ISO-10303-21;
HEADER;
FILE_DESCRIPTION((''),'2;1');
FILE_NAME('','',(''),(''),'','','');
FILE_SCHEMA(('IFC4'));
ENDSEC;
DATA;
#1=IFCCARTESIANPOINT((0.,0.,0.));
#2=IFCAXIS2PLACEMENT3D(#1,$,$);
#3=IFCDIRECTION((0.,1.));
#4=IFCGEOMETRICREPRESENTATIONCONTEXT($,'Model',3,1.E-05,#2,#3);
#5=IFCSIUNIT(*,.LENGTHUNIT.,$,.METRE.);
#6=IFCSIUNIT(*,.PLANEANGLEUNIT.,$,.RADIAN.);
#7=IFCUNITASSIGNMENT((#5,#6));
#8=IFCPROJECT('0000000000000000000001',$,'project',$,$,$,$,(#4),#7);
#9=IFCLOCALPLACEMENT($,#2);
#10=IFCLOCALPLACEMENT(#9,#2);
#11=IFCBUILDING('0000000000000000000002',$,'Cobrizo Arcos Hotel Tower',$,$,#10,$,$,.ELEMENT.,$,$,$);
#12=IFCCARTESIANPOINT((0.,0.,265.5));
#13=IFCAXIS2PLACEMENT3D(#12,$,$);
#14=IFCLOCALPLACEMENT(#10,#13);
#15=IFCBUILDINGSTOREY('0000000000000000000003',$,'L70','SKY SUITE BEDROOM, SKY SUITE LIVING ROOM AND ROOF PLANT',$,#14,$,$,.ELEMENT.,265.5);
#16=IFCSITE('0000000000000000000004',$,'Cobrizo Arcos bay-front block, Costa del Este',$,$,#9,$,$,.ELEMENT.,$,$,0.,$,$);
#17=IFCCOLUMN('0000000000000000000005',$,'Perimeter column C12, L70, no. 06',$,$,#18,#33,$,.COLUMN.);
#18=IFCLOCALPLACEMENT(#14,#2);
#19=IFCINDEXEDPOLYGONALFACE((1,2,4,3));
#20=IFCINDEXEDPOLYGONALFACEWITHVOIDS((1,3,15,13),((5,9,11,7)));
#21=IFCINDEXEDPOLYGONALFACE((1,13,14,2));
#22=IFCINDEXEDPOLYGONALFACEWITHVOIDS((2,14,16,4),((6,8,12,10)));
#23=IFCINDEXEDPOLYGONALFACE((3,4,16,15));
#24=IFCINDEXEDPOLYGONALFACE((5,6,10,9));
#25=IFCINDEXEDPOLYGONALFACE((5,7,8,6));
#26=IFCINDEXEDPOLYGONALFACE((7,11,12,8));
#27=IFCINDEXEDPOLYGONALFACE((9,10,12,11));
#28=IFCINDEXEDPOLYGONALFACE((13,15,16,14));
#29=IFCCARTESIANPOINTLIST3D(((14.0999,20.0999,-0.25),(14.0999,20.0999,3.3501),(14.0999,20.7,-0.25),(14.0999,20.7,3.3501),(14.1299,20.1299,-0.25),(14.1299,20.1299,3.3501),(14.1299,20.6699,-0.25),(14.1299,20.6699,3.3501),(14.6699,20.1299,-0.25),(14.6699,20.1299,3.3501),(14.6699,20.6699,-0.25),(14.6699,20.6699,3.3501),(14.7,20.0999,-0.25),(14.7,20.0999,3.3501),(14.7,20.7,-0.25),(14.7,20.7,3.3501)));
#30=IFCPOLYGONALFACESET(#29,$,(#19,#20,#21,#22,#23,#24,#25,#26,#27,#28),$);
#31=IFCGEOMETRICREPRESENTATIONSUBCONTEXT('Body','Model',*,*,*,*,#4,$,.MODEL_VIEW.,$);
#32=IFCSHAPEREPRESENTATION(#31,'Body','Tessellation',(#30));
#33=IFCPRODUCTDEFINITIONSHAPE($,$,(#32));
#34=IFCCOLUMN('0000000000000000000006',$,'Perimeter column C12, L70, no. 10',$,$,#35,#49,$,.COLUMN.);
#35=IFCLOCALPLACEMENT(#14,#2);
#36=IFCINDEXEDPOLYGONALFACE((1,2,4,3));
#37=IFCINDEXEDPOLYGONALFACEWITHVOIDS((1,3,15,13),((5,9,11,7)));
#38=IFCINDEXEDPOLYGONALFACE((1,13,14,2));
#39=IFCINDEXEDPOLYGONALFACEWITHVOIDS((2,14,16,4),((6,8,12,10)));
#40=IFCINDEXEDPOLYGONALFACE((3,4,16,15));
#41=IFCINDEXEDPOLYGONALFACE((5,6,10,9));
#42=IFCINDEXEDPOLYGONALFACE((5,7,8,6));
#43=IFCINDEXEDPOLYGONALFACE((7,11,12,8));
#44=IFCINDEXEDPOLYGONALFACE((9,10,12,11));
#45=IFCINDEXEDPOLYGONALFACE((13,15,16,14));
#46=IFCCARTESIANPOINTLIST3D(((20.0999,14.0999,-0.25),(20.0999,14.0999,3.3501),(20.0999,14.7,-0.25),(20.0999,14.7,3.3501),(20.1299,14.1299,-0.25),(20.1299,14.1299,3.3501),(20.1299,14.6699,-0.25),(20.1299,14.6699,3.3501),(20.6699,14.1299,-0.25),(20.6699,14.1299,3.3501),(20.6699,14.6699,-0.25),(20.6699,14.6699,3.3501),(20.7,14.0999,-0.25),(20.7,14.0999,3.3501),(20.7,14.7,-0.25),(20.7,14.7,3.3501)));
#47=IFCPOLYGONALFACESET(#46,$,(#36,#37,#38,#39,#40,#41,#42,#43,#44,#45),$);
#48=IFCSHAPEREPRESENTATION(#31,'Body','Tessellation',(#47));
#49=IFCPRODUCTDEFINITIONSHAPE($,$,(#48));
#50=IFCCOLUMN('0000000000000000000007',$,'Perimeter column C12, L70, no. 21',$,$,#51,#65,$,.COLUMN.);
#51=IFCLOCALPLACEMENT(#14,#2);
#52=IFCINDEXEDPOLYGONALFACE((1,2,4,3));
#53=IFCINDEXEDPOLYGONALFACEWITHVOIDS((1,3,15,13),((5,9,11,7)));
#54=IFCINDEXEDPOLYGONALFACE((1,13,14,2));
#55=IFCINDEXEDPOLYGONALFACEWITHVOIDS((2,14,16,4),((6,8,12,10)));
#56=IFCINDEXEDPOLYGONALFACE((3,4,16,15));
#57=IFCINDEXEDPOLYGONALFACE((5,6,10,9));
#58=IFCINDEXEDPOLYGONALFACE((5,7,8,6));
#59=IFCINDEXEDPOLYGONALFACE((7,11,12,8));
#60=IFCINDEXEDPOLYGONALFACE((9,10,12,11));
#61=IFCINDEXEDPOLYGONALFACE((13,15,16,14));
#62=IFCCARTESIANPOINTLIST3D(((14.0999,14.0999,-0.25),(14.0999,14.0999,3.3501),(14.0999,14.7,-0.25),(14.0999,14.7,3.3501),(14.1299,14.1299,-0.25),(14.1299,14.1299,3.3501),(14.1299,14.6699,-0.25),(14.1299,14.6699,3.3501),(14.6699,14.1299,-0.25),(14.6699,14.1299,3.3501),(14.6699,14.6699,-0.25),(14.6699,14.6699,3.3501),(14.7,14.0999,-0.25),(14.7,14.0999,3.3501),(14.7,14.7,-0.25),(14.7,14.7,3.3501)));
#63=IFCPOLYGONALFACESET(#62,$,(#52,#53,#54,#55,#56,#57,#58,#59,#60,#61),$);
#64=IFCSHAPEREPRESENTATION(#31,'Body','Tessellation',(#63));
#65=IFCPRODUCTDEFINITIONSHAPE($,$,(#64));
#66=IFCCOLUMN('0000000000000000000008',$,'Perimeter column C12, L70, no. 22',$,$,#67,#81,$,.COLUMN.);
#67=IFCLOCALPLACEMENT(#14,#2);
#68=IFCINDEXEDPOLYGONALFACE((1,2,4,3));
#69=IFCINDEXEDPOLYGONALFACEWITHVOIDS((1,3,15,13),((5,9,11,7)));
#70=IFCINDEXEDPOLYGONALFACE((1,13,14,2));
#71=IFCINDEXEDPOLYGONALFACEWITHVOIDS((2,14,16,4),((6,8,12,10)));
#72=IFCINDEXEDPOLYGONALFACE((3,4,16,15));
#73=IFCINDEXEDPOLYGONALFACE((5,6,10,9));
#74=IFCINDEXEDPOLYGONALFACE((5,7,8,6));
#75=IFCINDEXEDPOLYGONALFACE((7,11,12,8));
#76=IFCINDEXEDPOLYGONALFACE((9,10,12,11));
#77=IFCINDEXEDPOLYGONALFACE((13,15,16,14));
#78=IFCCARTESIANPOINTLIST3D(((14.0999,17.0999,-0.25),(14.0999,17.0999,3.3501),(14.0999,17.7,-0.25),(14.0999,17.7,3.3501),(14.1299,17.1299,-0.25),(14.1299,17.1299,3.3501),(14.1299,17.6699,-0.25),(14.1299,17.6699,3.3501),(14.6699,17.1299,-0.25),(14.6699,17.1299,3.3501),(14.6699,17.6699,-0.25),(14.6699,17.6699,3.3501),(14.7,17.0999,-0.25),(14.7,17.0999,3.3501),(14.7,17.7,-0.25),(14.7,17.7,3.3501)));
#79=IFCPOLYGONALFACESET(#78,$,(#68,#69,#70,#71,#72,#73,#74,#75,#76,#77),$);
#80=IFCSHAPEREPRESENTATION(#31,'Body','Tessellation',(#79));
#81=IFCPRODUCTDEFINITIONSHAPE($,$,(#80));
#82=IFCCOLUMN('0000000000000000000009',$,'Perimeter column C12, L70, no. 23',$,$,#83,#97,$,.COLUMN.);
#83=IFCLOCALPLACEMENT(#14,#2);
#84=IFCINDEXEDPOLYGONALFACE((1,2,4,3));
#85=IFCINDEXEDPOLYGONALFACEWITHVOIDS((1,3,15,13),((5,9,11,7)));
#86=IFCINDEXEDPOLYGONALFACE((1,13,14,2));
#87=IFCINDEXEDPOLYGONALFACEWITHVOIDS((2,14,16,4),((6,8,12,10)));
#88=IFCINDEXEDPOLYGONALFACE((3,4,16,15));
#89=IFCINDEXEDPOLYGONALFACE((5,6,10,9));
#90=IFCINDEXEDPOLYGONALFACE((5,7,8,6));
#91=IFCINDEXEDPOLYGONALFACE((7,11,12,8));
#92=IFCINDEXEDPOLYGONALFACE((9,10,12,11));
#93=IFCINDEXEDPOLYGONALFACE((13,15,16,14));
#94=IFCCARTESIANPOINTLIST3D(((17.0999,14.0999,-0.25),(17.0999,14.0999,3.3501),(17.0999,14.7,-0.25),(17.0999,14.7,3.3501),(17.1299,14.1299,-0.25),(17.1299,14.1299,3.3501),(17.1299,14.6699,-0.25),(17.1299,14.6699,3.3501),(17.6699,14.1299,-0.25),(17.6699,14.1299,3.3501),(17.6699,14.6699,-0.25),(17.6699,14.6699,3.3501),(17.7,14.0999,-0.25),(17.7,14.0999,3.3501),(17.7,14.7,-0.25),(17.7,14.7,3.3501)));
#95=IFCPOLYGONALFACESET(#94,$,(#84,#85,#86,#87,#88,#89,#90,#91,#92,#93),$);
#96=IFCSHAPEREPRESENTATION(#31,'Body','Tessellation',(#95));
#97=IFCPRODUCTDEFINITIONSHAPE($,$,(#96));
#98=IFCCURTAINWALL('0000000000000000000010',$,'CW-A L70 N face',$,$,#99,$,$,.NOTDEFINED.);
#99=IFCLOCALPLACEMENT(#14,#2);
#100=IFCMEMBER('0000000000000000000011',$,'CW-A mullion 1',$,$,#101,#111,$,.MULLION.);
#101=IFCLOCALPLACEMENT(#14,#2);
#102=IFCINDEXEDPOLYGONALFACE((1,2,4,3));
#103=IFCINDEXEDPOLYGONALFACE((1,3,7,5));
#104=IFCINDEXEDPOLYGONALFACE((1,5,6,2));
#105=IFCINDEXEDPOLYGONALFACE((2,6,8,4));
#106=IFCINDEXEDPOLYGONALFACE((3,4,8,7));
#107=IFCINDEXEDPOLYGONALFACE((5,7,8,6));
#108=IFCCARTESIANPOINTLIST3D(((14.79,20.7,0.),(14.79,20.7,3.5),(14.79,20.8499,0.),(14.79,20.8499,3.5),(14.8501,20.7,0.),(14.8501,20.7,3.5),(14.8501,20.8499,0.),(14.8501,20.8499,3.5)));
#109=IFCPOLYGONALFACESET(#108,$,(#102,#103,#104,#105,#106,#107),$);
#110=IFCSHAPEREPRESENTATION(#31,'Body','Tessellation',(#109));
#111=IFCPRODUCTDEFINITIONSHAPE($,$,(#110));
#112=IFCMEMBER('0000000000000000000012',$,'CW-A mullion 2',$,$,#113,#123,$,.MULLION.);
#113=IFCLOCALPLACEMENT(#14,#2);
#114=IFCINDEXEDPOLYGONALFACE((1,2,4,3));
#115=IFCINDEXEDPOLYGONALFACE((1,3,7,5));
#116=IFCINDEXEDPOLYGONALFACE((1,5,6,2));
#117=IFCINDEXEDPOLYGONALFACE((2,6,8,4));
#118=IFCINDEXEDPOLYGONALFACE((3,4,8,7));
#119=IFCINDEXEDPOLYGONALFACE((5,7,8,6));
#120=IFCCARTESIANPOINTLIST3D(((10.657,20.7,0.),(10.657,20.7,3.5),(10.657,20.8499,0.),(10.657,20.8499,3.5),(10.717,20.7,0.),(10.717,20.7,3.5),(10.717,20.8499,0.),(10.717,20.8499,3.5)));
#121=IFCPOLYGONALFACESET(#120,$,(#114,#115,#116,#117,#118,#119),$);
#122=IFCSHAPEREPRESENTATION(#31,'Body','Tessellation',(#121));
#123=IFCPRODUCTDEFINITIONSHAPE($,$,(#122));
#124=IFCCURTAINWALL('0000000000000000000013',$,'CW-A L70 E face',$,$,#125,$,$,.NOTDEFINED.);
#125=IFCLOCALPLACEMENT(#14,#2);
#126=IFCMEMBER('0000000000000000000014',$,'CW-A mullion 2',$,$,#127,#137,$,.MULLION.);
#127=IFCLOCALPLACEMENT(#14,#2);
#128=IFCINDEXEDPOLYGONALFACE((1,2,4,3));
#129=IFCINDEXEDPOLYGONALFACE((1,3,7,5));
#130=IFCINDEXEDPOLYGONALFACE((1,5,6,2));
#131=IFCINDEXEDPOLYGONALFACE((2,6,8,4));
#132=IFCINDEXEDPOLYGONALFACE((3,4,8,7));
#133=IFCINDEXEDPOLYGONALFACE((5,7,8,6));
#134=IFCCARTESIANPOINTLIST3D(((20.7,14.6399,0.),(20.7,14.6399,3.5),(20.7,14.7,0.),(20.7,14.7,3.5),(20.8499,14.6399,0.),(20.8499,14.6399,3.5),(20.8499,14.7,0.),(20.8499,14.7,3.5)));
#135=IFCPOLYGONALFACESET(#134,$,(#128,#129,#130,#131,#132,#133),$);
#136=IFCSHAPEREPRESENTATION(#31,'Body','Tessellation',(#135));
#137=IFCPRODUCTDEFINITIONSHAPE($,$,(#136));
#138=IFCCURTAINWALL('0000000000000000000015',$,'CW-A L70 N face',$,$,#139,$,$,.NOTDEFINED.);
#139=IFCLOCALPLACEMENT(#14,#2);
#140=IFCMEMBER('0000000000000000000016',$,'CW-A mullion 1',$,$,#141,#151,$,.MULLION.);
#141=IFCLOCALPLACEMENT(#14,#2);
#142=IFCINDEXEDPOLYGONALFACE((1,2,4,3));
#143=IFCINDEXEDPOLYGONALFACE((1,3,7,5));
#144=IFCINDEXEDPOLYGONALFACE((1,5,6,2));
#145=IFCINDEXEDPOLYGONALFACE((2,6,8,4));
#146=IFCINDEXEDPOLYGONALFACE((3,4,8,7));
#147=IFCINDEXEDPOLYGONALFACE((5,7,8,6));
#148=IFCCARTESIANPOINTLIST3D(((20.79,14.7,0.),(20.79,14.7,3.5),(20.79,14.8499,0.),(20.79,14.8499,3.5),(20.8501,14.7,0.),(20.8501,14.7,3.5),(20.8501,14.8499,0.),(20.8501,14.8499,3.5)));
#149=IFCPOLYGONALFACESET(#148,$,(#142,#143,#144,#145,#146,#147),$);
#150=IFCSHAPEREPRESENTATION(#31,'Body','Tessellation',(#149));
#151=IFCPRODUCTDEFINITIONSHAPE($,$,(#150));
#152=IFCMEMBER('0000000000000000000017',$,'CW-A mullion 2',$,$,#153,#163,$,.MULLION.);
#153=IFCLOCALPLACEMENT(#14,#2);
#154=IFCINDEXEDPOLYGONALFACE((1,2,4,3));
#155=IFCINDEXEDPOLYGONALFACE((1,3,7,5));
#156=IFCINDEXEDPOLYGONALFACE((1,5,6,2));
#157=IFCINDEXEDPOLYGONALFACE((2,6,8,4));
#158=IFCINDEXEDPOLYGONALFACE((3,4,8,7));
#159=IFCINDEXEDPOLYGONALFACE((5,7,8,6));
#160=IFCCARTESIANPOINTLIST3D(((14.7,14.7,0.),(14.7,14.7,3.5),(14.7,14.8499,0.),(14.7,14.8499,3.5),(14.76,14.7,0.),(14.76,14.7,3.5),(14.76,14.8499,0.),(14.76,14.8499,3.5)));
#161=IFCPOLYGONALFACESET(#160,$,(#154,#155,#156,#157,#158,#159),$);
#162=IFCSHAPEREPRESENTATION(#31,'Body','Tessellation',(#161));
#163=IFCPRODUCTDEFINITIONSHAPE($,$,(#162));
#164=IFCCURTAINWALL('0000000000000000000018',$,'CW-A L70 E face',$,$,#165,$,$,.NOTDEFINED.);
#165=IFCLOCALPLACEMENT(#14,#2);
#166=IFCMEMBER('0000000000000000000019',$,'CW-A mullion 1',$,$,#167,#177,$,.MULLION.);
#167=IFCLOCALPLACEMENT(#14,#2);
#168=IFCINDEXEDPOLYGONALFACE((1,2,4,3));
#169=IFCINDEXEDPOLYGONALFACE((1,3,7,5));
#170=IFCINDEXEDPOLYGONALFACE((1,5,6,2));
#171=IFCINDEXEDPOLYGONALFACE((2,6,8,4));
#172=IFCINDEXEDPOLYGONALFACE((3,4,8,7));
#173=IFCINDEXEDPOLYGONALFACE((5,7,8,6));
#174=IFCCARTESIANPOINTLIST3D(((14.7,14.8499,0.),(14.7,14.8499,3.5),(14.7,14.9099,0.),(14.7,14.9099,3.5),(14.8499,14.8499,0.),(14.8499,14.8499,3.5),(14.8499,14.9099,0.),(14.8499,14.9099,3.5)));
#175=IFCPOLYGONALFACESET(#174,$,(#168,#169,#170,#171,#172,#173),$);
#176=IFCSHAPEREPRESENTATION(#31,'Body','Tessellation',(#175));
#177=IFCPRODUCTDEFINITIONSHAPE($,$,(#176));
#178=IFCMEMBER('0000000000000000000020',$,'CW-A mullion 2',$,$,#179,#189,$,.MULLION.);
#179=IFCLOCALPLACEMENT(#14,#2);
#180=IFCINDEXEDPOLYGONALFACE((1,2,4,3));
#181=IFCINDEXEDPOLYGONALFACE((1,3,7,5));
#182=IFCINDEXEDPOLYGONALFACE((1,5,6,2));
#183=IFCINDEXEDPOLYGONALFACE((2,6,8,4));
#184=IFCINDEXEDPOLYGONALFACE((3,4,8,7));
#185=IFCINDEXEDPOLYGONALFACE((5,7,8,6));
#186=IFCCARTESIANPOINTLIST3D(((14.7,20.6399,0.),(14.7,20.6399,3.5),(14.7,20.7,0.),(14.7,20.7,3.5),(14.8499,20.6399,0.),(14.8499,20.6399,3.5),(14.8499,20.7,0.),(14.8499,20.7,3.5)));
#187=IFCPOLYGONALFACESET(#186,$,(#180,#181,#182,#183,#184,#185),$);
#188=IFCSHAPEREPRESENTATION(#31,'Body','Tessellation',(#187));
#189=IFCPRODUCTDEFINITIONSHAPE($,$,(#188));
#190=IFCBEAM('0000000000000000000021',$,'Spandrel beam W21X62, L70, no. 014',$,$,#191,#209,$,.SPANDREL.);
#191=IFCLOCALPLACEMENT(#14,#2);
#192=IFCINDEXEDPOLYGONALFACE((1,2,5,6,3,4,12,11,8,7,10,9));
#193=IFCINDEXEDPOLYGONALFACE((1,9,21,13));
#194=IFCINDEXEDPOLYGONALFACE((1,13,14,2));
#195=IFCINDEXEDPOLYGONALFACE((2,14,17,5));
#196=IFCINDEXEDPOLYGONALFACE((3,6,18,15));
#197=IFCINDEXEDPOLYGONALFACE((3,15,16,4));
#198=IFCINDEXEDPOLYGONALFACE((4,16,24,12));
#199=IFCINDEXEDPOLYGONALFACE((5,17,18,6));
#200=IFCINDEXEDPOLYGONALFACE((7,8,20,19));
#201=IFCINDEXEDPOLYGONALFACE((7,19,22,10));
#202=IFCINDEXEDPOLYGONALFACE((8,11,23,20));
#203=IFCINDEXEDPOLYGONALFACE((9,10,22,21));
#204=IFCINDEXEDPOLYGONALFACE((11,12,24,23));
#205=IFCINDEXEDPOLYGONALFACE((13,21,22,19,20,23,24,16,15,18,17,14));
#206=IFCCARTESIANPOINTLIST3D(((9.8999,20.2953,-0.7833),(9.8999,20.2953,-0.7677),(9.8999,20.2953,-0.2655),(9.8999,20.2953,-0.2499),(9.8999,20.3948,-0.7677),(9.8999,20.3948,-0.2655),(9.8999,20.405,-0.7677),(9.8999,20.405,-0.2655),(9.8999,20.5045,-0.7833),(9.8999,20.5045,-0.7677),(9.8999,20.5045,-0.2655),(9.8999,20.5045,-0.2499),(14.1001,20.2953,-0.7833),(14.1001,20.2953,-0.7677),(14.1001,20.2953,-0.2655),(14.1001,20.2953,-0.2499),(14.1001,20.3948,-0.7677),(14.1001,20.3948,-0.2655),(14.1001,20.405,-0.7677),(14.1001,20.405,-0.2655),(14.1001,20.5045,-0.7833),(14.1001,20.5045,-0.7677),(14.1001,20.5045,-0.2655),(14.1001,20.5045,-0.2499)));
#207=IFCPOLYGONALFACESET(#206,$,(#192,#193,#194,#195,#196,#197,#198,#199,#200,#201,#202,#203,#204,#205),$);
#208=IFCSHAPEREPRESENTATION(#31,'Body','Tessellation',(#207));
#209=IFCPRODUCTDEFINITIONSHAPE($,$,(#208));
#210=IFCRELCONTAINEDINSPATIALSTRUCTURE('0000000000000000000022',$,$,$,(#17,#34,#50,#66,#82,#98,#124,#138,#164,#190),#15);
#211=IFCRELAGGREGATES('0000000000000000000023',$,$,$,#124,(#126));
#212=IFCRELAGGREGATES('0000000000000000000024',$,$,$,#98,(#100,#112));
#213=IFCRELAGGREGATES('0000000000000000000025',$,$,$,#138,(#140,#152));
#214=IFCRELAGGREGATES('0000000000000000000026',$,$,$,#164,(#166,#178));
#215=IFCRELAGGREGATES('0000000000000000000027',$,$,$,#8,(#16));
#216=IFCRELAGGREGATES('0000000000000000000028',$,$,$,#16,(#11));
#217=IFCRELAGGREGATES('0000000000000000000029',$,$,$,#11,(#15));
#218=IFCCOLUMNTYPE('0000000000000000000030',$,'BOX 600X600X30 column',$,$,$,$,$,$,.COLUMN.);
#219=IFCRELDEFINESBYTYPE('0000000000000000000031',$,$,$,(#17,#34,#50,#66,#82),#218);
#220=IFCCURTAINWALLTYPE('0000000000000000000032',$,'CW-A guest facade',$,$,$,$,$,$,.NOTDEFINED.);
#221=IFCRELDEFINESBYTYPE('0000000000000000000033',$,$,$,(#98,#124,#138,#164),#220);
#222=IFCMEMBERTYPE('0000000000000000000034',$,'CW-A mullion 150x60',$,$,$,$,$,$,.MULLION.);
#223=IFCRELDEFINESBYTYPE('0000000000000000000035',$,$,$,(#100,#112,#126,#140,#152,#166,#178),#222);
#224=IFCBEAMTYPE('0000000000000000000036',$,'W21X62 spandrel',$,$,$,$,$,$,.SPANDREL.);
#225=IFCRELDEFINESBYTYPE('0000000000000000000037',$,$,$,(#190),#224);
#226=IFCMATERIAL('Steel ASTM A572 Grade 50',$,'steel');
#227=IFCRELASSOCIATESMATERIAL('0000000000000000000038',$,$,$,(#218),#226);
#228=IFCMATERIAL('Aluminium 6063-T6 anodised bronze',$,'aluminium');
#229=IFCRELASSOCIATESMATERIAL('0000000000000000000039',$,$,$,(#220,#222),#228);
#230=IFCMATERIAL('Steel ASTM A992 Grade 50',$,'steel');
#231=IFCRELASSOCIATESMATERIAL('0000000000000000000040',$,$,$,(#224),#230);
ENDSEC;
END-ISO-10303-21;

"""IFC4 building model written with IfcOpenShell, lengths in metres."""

from ifc_helpers import new_model, si_unit, direction, frame, origin, origin_2d, place, context, subcontext, project, spatial, rectangle, hollow_rectangle, i_section, extrude, material, material_profile, profile_set, type_object, element, aggregate, save


model = new_model("IFC4")

# Units and contexts
model_context = context("Model", 3, precision=1e-05, world=origin(), true_north=direction((0.0, 1.0)))
body_context = subcontext(model_context, "Body", "Model", "MODEL_VIEW")
ifc_project = project(units=[si_unit("LENGTHUNIT", "METRE"), si_unit("PLANEANGLEUNIT", "RADIAN")], contexts=[model_context])

# Site, building, storey
site_placement = place(None, origin())
site = spatial("IfcSite", under=ifc_project, at=site_placement, Name="Cobrizo Arcos bay-front block, Costa del Este", CompositionType="ELEMENT", RefElevation=0.0)
building_placement = place(site_placement, origin())
building = spatial("IfcBuilding", under=site, at=building_placement, Name="Cobrizo Arcos Hotel Tower", CompositionType="ELEMENT")
storey_placement = place(building_placement, frame((0.0, 0.0, 265.5)))
storey = spatial("IfcBuildingStorey", under=building, at=storey_placement, Name="L70", Description="SKY SUITE BEDROOM, SKY SUITE LIVING ROOM AND ROOF PLANT", CompositionType="ELEMENT", Elevation=265.5)

# Columns
ifc_material_1 = material(Name="Steel ASTM A572 Grade 50", Category="steel")
ifc_material_profile_1 = material_profile(ifc_material_1, hollow_rectangle(XDim=0.6001, YDim=0.6001, WallThickness=0.03, at=origin_2d()), Name="BOX 600X600X30")
ifc_profile_set_1 = profile_set([ifc_material_profile_1], Name="Steel ASTM A572 Grade 50")
column_type = type_object("IfcColumnType", Name="BOX 600X600X30 column", PredefinedType="COLUMN", material=ifc_profile_set_1)
for number, where, z_axis, x_axis, name in (
    (1, (14.3999, 20.3999, -0.25), (0.0, 0.0, 1.0), (1.0, 0.0, 0.0), "Perimeter column C12, L70, no. 06"),
    (2, (20.3999, 14.3999, -0.25), (0.0, 0.0, 1.0), (1.0, 0.0, 0.0), "Perimeter column C12, L70, no. 10"),
    (3, (14.3999, 14.3999, -0.25), (0.0, 0.0, 1.0), (1.0, 0.0, 0.0), "Perimeter column C12, L70, no. 21"),
    (4, (14.3999, 17.3999, -0.25), (0.0, 0.0, 1.0), (1.0, 0.0, 0.0), "Perimeter column C12, L70, no. 22"),
    (5, (17.3999, 14.3999, -0.25), (0.0, 0.0, 1.0), (1.0, 0.0, 0.0), "Perimeter column C12, L70, no. 23"),
):
    element("IfcColumn", number, at=place(storey_placement, frame(where, z_axis=z_axis, x_axis=x_axis)), inside=storey, type_object=column_type, Name=name, PredefinedType="COLUMN", context=body_context, shape_type="SweptSolid", body=[
        extrude(hollow_rectangle(XDim=0.6001, YDim=0.6001, WallThickness=0.03, at=origin_2d()), origin(), (0.0, 0.0, 1.0), 3.6001),
    ])

# Curtain wall, members
ifc_material_2 = material(Name="Aluminium 6063-T6 anodised bronze", Category="aluminium")
curtain_wall_type = type_object("IfcCurtainWallType", Name="CW-A guest facade", PredefinedType="NOTDEFINED", material=ifc_material_2)
curtain_wall_1_placement = place(storey_placement, origin())
curtain_wall_1 = element("IfcCurtainWall", 6, at=curtain_wall_1_placement, inside=storey, type_object=curtain_wall_type, Name="CW-A L70 N face", PredefinedType="NOTDEFINED")
ifc_material_profile_2 = material_profile(ifc_material_2, rectangle(XDim=0.1499, YDim=0.0601, at=origin_2d()), Name="CW-A mullion 150x60")
ifc_profile_set_2 = profile_set([ifc_material_profile_2], Name="Aluminium 6063-T6 anodised bronze")
member_type = type_object("IfcMemberType", Name="CW-A mullion 150x60", PredefinedType="MULLION", material=ifc_profile_set_2)
member_1_placement = place(storey_placement, frame((14.8201, 20.7749, 0.0), z_axis=(0.0, 0.0, 1.0), x_axis=(0.0, 1.0, 0.0)))
member_1 = element("IfcMember", 7, at=member_1_placement, type_object=member_type, Name="CW-A mullion 1", PredefinedType="MULLION", context=body_context, shape_type="SweptSolid", body=[
    extrude(rectangle(XDim=0.1499, YDim=0.0601, at=origin_2d()), origin(), (0.0, 0.0, 1.0), 3.5),
])
member_2_placement = place(storey_placement, frame((10.687, 20.7749, 0.0), z_axis=(0.0, 0.0, 1.0), x_axis=(0.0, 1.0, 0.0)))
member_2 = element("IfcMember", 8, at=member_2_placement, type_object=member_type, Name="CW-A mullion 2", PredefinedType="MULLION", context=body_context, shape_type="SweptSolid", body=[
    extrude(rectangle(XDim=0.1499, YDim=0.0601, at=origin_2d()), origin(), (0.0, 0.0, 1.0), 3.5),
])

# Curtain wall, member
curtain_wall_2_placement = place(storey_placement, origin())
curtain_wall_2 = element("IfcCurtainWall", 9, at=curtain_wall_2_placement, inside=storey, type_object=curtain_wall_type, Name="CW-A L70 E face", PredefinedType="NOTDEFINED")
member_3_placement = place(storey_placement, frame((20.7749, 14.6699, 0.0), z_axis=(0.0, 0.0, 1.0), x_axis=(1.0, 0.0, 0.0)))
member_3 = element("IfcMember", 10, at=member_3_placement, type_object=member_type, Name="CW-A mullion 2", PredefinedType="MULLION", context=body_context, shape_type="SweptSolid", body=[
    extrude(rectangle(XDim=0.1499, YDim=0.0601, at=origin_2d()), origin(), (0.0, 0.0, 1.0), 3.5),
])
aggregate(curtain_wall_2, [member_3])

# Curtain walls, members
curtain_wall_3_placement = place(storey_placement, origin())
curtain_wall_3 = element("IfcCurtainWall", 11, at=curtain_wall_3_placement, inside=storey, type_object=curtain_wall_type, Name="CW-A L70 N face", PredefinedType="NOTDEFINED")
member_4_placement = place(storey_placement, frame((20.8201, 14.7749, 0.0), z_axis=(0.0, 0.0, 1.0), x_axis=(0.0, 1.0, 0.0)))
member_4 = element("IfcMember", 12, at=member_4_placement, type_object=member_type, Name="CW-A mullion 1", PredefinedType="MULLION", context=body_context, shape_type="SweptSolid", body=[
    extrude(rectangle(XDim=0.1499, YDim=0.0601, at=origin_2d()), origin(), (0.0, 0.0, 1.0), 3.5),
])
member_5_placement = place(storey_placement, frame((14.73, 14.7749, 0.0), z_axis=(0.0, 0.0, 1.0), x_axis=(0.0, 1.0, 0.0)))
member_5 = element("IfcMember", 13, at=member_5_placement, type_object=member_type, Name="CW-A mullion 2", PredefinedType="MULLION", context=body_context, shape_type="SweptSolid", body=[
    extrude(rectangle(XDim=0.1499, YDim=0.0601, at=origin_2d()), origin(), (0.0, 0.0, 1.0), 3.5),
])
curtain_wall_4_placement = place(storey_placement, origin())
curtain_wall_4 = element("IfcCurtainWall", 14, at=curtain_wall_4_placement, inside=storey, type_object=curtain_wall_type, Name="CW-A L70 E face", PredefinedType="NOTDEFINED")
member_6_placement = place(storey_placement, frame((14.7749, 14.8799, 0.0), z_axis=(0.0, 0.0, 1.0), x_axis=(1.0, 0.0, 0.0)))
member_6 = element("IfcMember", 15, at=member_6_placement, type_object=member_type, Name="CW-A mullion 1", PredefinedType="MULLION", context=body_context, shape_type="SweptSolid", body=[
    extrude(rectangle(XDim=0.1499, YDim=0.0601, at=origin_2d()), origin(), (0.0, 0.0, 1.0), 3.5),
])
member_7_placement = place(storey_placement, frame((14.7749, 20.6699, 0.0), z_axis=(0.0, 0.0, 1.0), x_axis=(1.0, 0.0, 0.0)))
member_7 = element("IfcMember", 16, at=member_7_placement, type_object=member_type, Name="CW-A mullion 2", PredefinedType="MULLION", context=body_context, shape_type="SweptSolid", body=[
    extrude(rectangle(XDim=0.1499, YDim=0.0601, at=origin_2d()), origin(), (0.0, 0.0, 1.0), 3.5),
])

# Beam
ifc_material_3 = material(Name="Steel ASTM A992 Grade 50", Category="steel")
ifc_material_profile_3 = material_profile(ifc_material_3, i_section(OverallWidth=0.2092, OverallDepth=0.5334, WebThickness=0.0103, FlangeThickness=0.0156, at=origin_2d()), Name="W21X62")
ifc_profile_set_3 = profile_set([ifc_material_profile_3], Name="Steel ASTM A992 Grade 50")
beam_type = type_object("IfcBeamType", Name="W21X62 spandrel", PredefinedType="SPANDREL", material=ifc_profile_set_3)
beam_placement = place(storey_placement, frame((9.8999, 20.3999, -0.5166), z_axis=(1.0, 0.0, 0.0), x_axis=(0.0, 1.0, 0.0)))
element("IfcBeam", 17, at=beam_placement, inside=storey, type_object=beam_type, Name="Spandrel beam W21X62, L70, no. 014", PredefinedType="SPANDREL", context=body_context, shape_type="SweptSolid", body=[
    extrude(i_section(OverallWidth=0.2092, OverallDepth=0.5334, WebThickness=0.0103, FlangeThickness=0.0156, at=origin_2d()), origin(), (0.0, 0.0, 1.0), 4.2002),
])

aggregate(curtain_wall_1, [member_1, member_2])
aggregate(curtain_wall_3, [member_4, member_5])
aggregate(curtain_wall_4, [member_6, member_7])

save(model, "model.ifc")
